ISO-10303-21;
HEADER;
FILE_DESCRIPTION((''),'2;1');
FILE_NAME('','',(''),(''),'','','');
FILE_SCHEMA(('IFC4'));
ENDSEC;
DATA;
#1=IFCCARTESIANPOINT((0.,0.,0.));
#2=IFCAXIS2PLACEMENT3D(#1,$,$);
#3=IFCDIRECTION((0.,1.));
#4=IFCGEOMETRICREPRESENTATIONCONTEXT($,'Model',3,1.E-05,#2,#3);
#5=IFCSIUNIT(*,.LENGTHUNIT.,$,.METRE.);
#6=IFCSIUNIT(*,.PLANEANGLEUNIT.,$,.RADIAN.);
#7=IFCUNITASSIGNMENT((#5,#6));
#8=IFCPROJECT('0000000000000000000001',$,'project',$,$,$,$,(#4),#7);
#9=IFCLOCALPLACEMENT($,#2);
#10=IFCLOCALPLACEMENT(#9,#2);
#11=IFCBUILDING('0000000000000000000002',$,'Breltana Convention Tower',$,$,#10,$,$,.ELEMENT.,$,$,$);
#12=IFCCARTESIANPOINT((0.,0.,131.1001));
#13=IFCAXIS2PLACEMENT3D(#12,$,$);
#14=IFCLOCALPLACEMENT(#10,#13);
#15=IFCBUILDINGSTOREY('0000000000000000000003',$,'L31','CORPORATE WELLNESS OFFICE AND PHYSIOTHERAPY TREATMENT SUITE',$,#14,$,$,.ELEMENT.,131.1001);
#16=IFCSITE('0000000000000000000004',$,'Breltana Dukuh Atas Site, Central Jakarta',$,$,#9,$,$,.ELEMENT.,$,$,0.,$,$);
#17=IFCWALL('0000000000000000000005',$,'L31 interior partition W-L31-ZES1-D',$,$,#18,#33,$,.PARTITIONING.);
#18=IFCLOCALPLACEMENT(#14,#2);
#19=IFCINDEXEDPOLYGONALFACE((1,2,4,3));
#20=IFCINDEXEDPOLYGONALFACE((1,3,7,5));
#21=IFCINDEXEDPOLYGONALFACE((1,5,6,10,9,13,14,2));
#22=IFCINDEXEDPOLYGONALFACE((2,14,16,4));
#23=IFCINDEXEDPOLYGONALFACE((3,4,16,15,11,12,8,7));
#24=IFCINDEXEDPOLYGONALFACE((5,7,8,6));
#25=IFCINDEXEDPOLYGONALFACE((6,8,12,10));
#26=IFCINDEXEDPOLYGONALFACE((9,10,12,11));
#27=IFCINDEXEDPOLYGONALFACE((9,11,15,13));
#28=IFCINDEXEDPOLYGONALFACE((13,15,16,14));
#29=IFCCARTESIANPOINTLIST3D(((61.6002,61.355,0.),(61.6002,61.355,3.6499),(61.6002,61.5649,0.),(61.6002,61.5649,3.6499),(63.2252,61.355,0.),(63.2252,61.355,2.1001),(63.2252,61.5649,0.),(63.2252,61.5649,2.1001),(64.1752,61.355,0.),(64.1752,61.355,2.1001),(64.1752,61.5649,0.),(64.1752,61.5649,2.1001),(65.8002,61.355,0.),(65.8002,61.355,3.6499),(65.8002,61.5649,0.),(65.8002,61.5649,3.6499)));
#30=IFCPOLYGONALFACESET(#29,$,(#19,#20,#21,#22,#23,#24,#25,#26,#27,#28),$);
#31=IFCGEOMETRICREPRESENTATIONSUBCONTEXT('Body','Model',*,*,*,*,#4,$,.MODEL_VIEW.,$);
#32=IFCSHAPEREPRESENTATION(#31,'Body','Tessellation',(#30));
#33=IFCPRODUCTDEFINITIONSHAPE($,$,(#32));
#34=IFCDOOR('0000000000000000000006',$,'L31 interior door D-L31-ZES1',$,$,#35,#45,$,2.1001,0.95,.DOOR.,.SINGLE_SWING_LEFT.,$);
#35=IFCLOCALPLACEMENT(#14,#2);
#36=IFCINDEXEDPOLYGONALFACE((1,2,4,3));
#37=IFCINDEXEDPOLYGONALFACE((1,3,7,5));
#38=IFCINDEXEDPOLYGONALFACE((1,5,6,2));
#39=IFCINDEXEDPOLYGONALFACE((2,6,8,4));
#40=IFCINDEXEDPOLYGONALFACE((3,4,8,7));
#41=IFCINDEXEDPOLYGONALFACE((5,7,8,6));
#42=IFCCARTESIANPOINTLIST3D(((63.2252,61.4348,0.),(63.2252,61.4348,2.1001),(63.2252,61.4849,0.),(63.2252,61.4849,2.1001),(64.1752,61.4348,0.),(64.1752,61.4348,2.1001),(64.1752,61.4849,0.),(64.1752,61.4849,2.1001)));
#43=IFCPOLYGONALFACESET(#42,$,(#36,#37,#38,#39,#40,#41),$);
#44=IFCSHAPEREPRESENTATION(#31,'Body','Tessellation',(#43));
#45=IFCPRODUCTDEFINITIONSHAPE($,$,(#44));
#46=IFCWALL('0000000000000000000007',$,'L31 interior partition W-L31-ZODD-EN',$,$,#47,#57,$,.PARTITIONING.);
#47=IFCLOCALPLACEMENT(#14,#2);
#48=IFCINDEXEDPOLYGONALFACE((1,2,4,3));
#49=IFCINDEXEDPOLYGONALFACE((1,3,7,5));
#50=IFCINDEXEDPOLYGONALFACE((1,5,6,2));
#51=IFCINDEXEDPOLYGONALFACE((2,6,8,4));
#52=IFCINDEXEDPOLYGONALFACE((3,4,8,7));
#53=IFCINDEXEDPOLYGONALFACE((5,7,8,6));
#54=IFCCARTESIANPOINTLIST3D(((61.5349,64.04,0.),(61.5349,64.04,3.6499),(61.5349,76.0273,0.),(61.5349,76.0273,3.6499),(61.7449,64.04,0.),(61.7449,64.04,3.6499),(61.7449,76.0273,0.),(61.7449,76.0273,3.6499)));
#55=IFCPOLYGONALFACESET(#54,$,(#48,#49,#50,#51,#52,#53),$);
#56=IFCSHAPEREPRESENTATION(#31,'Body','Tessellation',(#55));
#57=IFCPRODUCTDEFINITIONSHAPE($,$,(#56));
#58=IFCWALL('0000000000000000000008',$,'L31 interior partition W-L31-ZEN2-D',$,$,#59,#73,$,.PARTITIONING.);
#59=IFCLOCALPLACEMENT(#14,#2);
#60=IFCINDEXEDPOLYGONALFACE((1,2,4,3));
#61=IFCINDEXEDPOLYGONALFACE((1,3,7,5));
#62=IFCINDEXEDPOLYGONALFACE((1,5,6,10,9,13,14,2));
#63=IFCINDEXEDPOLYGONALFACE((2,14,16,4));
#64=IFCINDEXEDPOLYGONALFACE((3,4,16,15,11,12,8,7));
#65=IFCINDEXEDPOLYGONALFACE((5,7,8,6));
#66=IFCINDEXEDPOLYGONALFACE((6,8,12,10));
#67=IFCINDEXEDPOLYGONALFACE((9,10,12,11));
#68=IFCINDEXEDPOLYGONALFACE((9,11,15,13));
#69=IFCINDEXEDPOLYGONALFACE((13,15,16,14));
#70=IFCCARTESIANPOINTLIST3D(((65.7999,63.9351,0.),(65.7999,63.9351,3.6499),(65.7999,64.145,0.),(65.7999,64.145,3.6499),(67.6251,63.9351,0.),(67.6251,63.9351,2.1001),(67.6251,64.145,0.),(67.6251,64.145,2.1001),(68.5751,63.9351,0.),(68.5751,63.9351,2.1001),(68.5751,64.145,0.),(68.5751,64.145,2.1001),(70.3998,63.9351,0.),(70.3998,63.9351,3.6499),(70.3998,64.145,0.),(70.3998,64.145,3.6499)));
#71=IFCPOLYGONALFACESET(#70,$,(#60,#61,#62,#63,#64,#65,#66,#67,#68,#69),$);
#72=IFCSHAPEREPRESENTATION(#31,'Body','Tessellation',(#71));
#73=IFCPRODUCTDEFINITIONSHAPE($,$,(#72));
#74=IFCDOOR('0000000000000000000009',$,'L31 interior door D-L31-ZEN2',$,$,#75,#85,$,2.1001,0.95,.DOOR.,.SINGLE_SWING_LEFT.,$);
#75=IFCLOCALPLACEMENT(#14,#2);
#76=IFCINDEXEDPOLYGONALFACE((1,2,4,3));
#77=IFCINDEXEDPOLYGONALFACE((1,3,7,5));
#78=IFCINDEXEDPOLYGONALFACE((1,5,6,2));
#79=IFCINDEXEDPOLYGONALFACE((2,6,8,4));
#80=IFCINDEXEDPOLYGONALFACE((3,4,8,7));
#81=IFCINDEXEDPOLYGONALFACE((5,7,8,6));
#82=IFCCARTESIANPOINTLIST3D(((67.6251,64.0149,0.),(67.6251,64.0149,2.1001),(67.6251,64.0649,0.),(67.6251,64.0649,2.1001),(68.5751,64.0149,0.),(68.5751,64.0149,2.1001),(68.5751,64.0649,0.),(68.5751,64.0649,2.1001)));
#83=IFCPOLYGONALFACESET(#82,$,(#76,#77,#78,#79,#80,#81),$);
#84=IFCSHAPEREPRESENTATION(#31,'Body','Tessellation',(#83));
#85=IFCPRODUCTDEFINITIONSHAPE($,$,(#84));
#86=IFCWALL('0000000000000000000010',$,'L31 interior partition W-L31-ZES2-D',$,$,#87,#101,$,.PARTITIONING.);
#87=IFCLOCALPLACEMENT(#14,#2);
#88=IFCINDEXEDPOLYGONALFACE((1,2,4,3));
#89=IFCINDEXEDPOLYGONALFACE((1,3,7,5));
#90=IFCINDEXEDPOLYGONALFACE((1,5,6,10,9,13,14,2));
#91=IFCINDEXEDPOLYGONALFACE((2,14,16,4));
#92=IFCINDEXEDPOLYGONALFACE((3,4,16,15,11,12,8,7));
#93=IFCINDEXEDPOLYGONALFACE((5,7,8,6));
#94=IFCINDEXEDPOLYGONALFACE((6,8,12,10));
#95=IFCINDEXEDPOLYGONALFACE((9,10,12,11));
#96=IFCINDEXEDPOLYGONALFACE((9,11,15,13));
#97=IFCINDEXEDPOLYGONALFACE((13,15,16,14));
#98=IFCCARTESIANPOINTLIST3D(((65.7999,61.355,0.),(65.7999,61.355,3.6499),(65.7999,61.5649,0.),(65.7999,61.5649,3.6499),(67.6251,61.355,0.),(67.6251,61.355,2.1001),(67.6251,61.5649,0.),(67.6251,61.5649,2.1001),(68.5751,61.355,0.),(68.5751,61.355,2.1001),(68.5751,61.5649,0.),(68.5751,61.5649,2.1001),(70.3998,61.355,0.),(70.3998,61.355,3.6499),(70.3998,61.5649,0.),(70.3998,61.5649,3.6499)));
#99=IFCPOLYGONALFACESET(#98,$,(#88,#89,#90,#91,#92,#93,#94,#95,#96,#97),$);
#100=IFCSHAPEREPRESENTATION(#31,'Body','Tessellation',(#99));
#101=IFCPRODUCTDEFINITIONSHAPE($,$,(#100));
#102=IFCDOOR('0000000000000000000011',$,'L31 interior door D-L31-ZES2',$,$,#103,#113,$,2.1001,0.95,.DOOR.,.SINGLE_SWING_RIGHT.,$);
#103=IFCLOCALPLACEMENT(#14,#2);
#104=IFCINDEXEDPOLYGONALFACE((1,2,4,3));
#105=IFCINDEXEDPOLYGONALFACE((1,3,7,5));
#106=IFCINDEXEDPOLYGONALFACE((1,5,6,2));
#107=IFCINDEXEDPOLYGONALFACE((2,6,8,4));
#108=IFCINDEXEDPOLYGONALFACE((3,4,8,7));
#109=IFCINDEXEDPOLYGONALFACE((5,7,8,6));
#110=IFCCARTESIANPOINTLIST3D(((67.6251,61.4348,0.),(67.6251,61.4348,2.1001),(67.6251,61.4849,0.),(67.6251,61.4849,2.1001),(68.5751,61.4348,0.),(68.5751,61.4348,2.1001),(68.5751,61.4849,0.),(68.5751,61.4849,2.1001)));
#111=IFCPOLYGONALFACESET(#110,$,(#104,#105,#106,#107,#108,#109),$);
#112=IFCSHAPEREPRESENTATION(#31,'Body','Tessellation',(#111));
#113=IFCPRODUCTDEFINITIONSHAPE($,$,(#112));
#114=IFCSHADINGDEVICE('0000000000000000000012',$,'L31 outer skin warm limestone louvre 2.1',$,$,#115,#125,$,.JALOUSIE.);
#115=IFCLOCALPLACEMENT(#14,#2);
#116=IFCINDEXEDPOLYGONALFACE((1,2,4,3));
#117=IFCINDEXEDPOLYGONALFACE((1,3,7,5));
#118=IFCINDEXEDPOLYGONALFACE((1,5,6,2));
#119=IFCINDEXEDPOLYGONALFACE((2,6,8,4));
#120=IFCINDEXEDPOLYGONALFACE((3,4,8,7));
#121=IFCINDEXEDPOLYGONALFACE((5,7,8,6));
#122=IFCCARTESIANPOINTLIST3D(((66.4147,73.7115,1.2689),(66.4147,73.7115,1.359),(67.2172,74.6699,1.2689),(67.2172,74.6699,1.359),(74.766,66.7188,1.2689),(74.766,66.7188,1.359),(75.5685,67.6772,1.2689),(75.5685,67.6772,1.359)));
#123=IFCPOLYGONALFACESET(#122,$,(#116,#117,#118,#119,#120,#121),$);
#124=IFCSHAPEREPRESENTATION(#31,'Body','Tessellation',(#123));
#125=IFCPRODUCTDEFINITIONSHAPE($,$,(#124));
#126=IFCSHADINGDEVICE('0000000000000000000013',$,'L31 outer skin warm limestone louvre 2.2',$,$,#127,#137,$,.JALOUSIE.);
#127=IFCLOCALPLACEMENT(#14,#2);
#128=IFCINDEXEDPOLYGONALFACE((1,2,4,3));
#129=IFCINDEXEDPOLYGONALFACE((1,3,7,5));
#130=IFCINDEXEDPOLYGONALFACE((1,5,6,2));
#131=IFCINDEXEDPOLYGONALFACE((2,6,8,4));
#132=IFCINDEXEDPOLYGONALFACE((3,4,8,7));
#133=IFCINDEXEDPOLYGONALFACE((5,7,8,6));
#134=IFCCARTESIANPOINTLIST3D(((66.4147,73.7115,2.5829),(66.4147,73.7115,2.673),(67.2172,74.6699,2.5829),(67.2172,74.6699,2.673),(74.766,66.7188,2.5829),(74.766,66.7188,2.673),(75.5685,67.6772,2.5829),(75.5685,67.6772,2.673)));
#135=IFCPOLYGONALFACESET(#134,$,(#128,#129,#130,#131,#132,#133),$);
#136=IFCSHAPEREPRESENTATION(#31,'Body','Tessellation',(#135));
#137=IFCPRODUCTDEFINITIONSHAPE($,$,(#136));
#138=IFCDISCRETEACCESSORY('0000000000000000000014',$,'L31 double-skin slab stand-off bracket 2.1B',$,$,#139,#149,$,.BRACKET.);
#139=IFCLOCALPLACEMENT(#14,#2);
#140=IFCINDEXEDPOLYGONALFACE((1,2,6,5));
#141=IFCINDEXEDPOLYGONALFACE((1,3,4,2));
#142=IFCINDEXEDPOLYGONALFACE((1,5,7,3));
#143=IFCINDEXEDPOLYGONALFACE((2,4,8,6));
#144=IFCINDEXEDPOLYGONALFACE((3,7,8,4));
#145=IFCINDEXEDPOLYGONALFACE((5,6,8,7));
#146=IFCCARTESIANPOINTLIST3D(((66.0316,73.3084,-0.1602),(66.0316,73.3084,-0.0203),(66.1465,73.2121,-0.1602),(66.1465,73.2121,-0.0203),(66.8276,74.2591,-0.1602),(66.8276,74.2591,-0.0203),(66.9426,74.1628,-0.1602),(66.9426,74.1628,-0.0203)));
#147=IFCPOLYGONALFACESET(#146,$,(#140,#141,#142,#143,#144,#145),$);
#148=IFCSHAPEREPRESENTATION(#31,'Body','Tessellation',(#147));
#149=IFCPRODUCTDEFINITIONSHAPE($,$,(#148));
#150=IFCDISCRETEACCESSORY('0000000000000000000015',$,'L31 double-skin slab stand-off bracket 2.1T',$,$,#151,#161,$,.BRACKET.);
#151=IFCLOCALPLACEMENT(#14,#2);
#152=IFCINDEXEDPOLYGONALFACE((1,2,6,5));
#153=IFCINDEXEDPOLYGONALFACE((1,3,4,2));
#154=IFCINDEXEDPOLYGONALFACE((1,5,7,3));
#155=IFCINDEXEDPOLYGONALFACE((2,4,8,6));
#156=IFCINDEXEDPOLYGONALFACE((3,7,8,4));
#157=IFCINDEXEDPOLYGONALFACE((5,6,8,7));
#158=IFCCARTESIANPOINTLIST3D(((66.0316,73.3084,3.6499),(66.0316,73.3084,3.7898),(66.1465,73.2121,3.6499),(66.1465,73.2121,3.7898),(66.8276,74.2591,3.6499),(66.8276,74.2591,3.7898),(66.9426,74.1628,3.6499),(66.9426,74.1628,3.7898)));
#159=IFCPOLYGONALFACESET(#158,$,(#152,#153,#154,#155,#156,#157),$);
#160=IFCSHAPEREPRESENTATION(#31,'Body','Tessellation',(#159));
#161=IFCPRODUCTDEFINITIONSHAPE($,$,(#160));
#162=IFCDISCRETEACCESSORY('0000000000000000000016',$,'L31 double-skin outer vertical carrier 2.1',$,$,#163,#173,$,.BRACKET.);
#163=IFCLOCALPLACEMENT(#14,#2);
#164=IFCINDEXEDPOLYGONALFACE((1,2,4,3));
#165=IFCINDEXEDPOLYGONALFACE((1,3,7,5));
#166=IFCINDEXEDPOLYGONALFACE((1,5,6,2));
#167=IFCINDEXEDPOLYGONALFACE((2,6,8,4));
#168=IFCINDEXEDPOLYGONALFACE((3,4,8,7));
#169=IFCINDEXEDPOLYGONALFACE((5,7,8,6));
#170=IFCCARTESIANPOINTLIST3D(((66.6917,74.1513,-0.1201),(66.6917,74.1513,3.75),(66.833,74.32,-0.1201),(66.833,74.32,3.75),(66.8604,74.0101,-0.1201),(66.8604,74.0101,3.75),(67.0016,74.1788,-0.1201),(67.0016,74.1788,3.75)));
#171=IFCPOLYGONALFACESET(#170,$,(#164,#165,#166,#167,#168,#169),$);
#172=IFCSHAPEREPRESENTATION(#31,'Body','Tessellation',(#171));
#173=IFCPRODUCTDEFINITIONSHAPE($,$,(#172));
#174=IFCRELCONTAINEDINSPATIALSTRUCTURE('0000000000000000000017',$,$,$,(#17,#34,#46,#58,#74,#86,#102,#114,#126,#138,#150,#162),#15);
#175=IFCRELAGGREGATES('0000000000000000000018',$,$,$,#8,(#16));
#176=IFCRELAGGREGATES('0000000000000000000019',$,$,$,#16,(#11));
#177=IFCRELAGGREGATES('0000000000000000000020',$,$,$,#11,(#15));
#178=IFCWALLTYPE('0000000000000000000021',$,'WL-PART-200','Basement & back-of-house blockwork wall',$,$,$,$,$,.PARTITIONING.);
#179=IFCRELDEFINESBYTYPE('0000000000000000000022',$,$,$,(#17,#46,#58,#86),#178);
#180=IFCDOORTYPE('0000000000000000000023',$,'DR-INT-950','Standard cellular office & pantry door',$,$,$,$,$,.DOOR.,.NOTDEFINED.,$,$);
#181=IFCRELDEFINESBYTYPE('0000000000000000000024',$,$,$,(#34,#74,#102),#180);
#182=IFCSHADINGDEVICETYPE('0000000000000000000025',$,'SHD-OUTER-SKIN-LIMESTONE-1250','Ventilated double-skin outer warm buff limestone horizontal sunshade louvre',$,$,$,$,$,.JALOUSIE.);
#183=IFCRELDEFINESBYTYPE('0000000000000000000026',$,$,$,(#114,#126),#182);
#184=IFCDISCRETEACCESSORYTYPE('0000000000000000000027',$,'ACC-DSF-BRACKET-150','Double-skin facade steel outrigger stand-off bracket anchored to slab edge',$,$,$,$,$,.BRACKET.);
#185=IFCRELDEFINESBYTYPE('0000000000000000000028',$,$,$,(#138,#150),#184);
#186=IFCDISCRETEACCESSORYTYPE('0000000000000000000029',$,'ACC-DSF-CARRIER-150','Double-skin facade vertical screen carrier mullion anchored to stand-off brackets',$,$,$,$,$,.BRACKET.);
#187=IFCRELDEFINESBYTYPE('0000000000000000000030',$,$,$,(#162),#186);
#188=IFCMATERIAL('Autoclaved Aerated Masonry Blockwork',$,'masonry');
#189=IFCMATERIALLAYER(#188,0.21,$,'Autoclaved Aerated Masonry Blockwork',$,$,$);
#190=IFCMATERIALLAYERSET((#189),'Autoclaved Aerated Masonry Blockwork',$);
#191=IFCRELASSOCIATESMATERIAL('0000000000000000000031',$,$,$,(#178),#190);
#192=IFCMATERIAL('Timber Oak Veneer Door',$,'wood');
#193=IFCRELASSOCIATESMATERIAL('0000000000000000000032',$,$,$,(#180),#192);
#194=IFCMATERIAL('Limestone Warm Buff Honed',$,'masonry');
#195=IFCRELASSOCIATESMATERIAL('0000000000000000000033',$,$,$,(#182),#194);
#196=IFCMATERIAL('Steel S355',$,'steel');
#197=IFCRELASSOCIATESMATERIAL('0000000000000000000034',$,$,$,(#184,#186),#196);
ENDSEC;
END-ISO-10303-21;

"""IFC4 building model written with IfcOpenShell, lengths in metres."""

from ifc_helpers import new_model, si_unit, direction, frame, frame_2d, origin, origin_2d, place, context, subcontext, project, spatial, rectangle, extrude, source, transform, mapped, material, layer, layer_set, material_profile, profile_set, type_object, type_shapes, element, fill, save


model = new_model("IFC4")

# Units and contexts
model_context = context("Model", 3, precision=1e-05, world=origin(), true_north=direction((0.0, 1.0)))
body_context = subcontext(model_context, "Body", "Model", "MODEL_VIEW")
ifc_project = project(units=[si_unit("LENGTHUNIT", "METRE"), si_unit("PLANEANGLEUNIT", "RADIAN")], contexts=[model_context])

# Site, building, storey
site_placement = place(None, origin())
site = spatial("IfcSite", under=ifc_project, at=site_placement, Name="Breltana Dukuh Atas Site, Central Jakarta", CompositionType="ELEMENT", RefElevation=0.0)
building_placement = place(site_placement, origin())
building = spatial("IfcBuilding", under=site, at=building_placement, Name="Breltana Convention Tower", CompositionType="ELEMENT")
storey_placement = place(building_placement, frame((0.0, 0.0, 131.1001)))
storey = spatial("IfcBuildingStorey", under=building, at=storey_placement, Name="L31", Description="CORPORATE WELLNESS OFFICE AND PHYSIOTHERAPY TREATMENT SUITE", CompositionType="ELEMENT", Elevation=131.1001)

# Shared definitions
ifc_material_1 = material(Name="Autoclaved Aerated Masonry Blockwork", Category="masonry")
ifc_layer_1 = layer(ifc_material_1, 0.21, Name="Autoclaved Aerated Masonry Blockwork")
ifc_layer_set_1 = layer_set([ifc_layer_1], Name="Autoclaved Aerated Masonry Blockwork")
wall_type_1 = type_object("IfcWallType", Name="WL-PART-200", Description="Basement & back-of-house blockwork wall", PredefinedType="PARTITIONING", material=ifc_layer_set_1)

# Wall, opening, door
shared_shape_1 = source(origin(), body_context, "Body", "SweptSolid", [
    extrude(rectangle(XDim=4.2, YDim=0.21, at=frame_2d((2.1001, 0.0))), origin(), (0.0, 0.0, 1.0), 3.6499),
])
ifc_material_2 = material(Name="Timber Oak Veneer Door", Category="wood")
door_type = type_object("IfcDoorType", Name="DR-INT-950", Description="Standard cellular office & pantry door", OperationType="NOTDEFINED", PredefinedType="DOOR", material=ifc_material_2)
shared_shape_2 = source(origin(), body_context, "Body", "SweptSolid", [
    extrude(rectangle(XDim=0.95, YDim=2.1001, at=frame_2d((0.4751, 1.05))), frame((0.0, 0.0249, 0.0), z_axis=(0.0, -1.0, 0.0), x_axis=(1.0, 0.0, 0.0)), (0.0, 0.0, 1.0), 0.05),
])
type_shapes(door_type, [shared_shape_2])
wall_1_placement = place(storey_placement, frame((61.6001, 61.46, 0.0), z_axis=(0.0, 0.0, 1.0), x_axis=(1.0, 0.0, 0.0)))
wall_1 = element("IfcWall", 1, at=wall_1_placement, inside=storey, type_object=wall_type_1, Name="L31 interior partition W-L31-ZES1-D", PredefinedType="PARTITIONING", context=body_context, shape_type="MappedRepresentation", body=[
    mapped(shared_shape_1, transform((0.0, 0.0, 0.0), scale=1.0)),
])
opening_1_placement = place(wall_1_placement, frame((1.625, 0.0, 0.0)))
opening_1 = element("IfcOpeningElement", 2, at=opening_1_placement, cuts=wall_1, PredefinedType="OPENING", context=body_context, shape_type="SweptSolid", body=[
    extrude(rectangle(XDim=0.95, YDim=2.1001, at=frame_2d((0.4751, 1.05))), frame((0.0, 0.115, 0.0), z_axis=(0.0, -1.0, 0.0), x_axis=(1.0, 0.0, 0.0)), (0.0, 0.0, 1.0), 0.23),
])
door_1_placement = place(opening_1_placement, origin())
door_1 = element("IfcDoor", 3, at=door_1_placement, inside=storey, type_object=door_type, Name="L31 interior door D-L31-ZES1", OperationType="SINGLE_SWING_LEFT", OverallHeight=2.1001, OverallWidth=0.95, PredefinedType="DOOR", context=body_context, shape_type="MappedRepresentation", body=[
    mapped(shared_shape_2, transform((0.0, 0.0, 0.0), scale=1.0)),
])
fill(opening_1, door_1)

# Wall
shared_shape_3 = source(origin(), body_context, "Body", "SweptSolid", [
    extrude(rectangle(XDim=11.9873, YDim=0.21, at=frame_2d((5.9937, 0.0))), origin(), (0.0, 0.0, 1.0), 3.6499),
])
wall_2_placement = place(storey_placement, frame((61.6399, 64.04, 0.0), z_axis=(0.0, 0.0, 1.0), x_axis=(0.0, 1.0, 0.0)))
element("IfcWall", 4, at=wall_2_placement, inside=storey, type_object=wall_type_1, Name="L31 interior partition W-L31-ZODD-EN", PredefinedType="PARTITIONING", context=body_context, shape_type="MappedRepresentation", body=[
    mapped(shared_shape_3, transform((0.0, 0.0, 0.0), scale=1.0)),
])

# Walls, openings, doors
shared_shape_4 = source(origin(), body_context, "Body", "SweptSolid", [
    extrude(rectangle(XDim=4.5999, YDim=0.21, at=frame_2d((2.2998, 0.0))), origin(), (0.0, 0.0, 1.0), 3.6499),
])
wall_3_placement = place(storey_placement, frame((65.8, 64.04, 0.0), z_axis=(0.0, 0.0, 1.0), x_axis=(1.0, 0.0, 0.0)))
wall_3 = element("IfcWall", 5, at=wall_3_placement, inside=storey, type_object=wall_type_1, Name="L31 interior partition W-L31-ZEN2-D", PredefinedType="PARTITIONING", context=body_context, shape_type="MappedRepresentation", body=[
    mapped(shared_shape_4, transform((0.0, 0.0, 0.0), scale=1.0)),
])
opening_2_placement = place(wall_3_placement, frame((1.825, 0.0, 0.0)))
opening_2 = element("IfcOpeningElement", 6, at=opening_2_placement, cuts=wall_3, PredefinedType="OPENING", context=body_context, shape_type="SweptSolid", body=[
    extrude(rectangle(XDim=0.95, YDim=2.1001, at=frame_2d((0.4751, 1.05))), frame((0.0, 0.115, 0.0), z_axis=(0.0, -1.0, 0.0), x_axis=(1.0, 0.0, 0.0)), (0.0, 0.0, 1.0), 0.23),
])
door_2_placement = place(opening_2_placement, origin())
door_2 = element("IfcDoor", 7, at=door_2_placement, inside=storey, type_object=door_type, Name="L31 interior door D-L31-ZEN2", OperationType="SINGLE_SWING_LEFT", OverallHeight=2.1001, OverallWidth=0.95, PredefinedType="DOOR", context=body_context, shape_type="MappedRepresentation", body=[
    mapped(shared_shape_2, transform((0.0, 0.0, 0.0), scale=1.0)),
])
fill(opening_2, door_2)
wall_4_placement = place(storey_placement, frame((65.8, 61.46, 0.0), z_axis=(0.0, 0.0, 1.0), x_axis=(1.0, 0.0, 0.0)))
wall_4 = element("IfcWall", 8, at=wall_4_placement, inside=storey, type_object=wall_type_1, Name="L31 interior partition W-L31-ZES2-D", PredefinedType="PARTITIONING", context=body_context, shape_type="MappedRepresentation", body=[
    mapped(shared_shape_4, transform((0.0, 0.0, 0.0), scale=1.0)),
])
opening_3_placement = place(wall_4_placement, frame((1.825, 0.0, 0.0)))
opening_3 = element("IfcOpeningElement", 9, at=opening_3_placement, cuts=wall_4, PredefinedType="OPENING", context=body_context, shape_type="SweptSolid", body=[
    extrude(rectangle(XDim=0.95, YDim=2.1001, at=frame_2d((0.4751, 1.05))), frame((0.0, 0.115, 0.0), z_axis=(0.0, -1.0, 0.0), x_axis=(1.0, 0.0, 0.0)), (0.0, 0.0, 1.0), 0.23),
])
door_3_placement = place(opening_3_placement, origin())
door_3 = element("IfcDoor", 10, at=door_3_placement, inside=storey, type_object=door_type, Name="L31 interior door D-L31-ZES2", OperationType="SINGLE_SWING_RIGHT", OverallHeight=2.1001, OverallWidth=0.95, PredefinedType="DOOR", context=body_context, shape_type="MappedRepresentation", body=[
    mapped(shared_shape_2, transform((0.0, 0.0, 0.0), scale=1.0)),
])
fill(opening_3, door_3)

# Shading devices
ifc_material_3 = material(Name="Limestone Warm Buff Honed", Category="masonry")
ifc_material_profile_1 = material_profile(ifc_material_3, rectangle(XDim=1.25, YDim=0.0901, at=origin_2d()), Name="STN-LVR-1250X90")
ifc_profile_set_1 = profile_set([ifc_material_profile_1], Name="Limestone Warm Buff Honed")
shading_device_type = type_object("IfcShadingDeviceType", Name="SHD-OUTER-SKIN-LIMESTONE-1250", Description="Ventilated double-skin outer warm buff limestone horizontal sunshade louvre", PredefinedType="JALOUSIE", material=ifc_profile_set_1)
shared_shape_5 = source(origin(), body_context, "Body", "SweptSolid", [
    extrude(rectangle(XDim=1.25, YDim=0.0901, at=origin_2d()), origin(), (0.0, 0.0, 1.0), 10.8923),
])
for number, where, z_axis, x_axis, name in (
    (11, (66.8159, 74.1907, 1.314), (0.766718, -0.641984, 0.0), (0.641984, 0.766718, 0.0), "L31 outer skin warm limestone louvre 2.1"),
    (12, (66.8159, 74.1907, 2.6279), (0.766718, -0.641984, 0.0), (0.641984, 0.766718, 0.0), "L31 outer skin warm limestone louvre 2.2"),
):
    element("IfcShadingDevice", number, at=place(storey_placement, frame(where, z_axis=z_axis, x_axis=x_axis)), inside=storey, type_object=shading_device_type, Name=name, PredefinedType="JALOUSIE", context=body_context, shape_type="MappedRepresentation", body=[
        mapped(shared_shape_5, transform((0.0, 0.0, 0.0), scale=1.0)),
    ])

# Discrete accessories
ifc_material_4 = material(Name="Steel S355", Category="steel")
discrete_accessory_type_1 = type_object("IfcDiscreteAccessoryType", Name="ACC-DSF-BRACKET-150", Description="Double-skin facade steel outrigger stand-off bracket anchored to slab edge", PredefinedType="BRACKET", material=ifc_material_4)
shared_shape_6 = source(origin(), body_context, "Body", "SweptSolid", [
    extrude(rectangle(XDim=1.24, YDim=0.1499, at=origin_2d()), origin(), (0.0, 0.0, 1.0), 0.1399),
])
type_shapes(discrete_accessory_type_1, [shared_shape_6])
for number, where, z_axis, x_axis, name in (
    (13, (66.4871, 73.7356, -0.1602), (0.0, 0.0, 1.0), (0.641987, 0.766715, 0.0), "L31 double-skin slab stand-off bracket 2.1B"),
    (14, (66.4871, 73.7356, 3.6499), (0.0, 0.0, 1.0), (0.641987, 0.766715, 0.0), "L31 double-skin slab stand-off bracket 2.1T"),
):
    element("IfcDiscreteAccessory", number, at=place(storey_placement, frame(where, z_axis=z_axis, x_axis=x_axis)), inside=storey, type_object=discrete_accessory_type_1, Name=name, PredefinedType="BRACKET", context=body_context, shape_type="MappedRepresentation", body=[
        mapped(shared_shape_6, transform((0.0, 0.0, 0.0), scale=1.0)),
    ])
discrete_accessory_type_2 = type_object("IfcDiscreteAccessoryType", Name="ACC-DSF-CARRIER-150", Description="Double-skin facade vertical screen carrier mullion anchored to stand-off brackets", PredefinedType="BRACKET", material=ifc_material_4)
shared_shape_7 = source(origin(), body_context, "Body", "SweptSolid", [
    extrude(rectangle(XDim=0.22, YDim=0.22, at=origin_2d()), origin(), (0.0, 0.0, 1.0), 3.8701),
])
discrete_accessory_placement = place(storey_placement, frame((66.8467, 74.165, -0.1201), z_axis=(0.0, 0.0, 1.0), x_axis=(0.641987, 0.766715, 0.0)))
element("IfcDiscreteAccessory", 15, at=discrete_accessory_placement, inside=storey, type_object=discrete_accessory_type_2, Name="L31 double-skin outer vertical carrier 2.1", PredefinedType="BRACKET", context=body_context, shape_type="MappedRepresentation", body=[
    mapped(shared_shape_7, transform((0.0, 0.0, 0.0), scale=1.0)),
])

save(model, "model.ifc")
